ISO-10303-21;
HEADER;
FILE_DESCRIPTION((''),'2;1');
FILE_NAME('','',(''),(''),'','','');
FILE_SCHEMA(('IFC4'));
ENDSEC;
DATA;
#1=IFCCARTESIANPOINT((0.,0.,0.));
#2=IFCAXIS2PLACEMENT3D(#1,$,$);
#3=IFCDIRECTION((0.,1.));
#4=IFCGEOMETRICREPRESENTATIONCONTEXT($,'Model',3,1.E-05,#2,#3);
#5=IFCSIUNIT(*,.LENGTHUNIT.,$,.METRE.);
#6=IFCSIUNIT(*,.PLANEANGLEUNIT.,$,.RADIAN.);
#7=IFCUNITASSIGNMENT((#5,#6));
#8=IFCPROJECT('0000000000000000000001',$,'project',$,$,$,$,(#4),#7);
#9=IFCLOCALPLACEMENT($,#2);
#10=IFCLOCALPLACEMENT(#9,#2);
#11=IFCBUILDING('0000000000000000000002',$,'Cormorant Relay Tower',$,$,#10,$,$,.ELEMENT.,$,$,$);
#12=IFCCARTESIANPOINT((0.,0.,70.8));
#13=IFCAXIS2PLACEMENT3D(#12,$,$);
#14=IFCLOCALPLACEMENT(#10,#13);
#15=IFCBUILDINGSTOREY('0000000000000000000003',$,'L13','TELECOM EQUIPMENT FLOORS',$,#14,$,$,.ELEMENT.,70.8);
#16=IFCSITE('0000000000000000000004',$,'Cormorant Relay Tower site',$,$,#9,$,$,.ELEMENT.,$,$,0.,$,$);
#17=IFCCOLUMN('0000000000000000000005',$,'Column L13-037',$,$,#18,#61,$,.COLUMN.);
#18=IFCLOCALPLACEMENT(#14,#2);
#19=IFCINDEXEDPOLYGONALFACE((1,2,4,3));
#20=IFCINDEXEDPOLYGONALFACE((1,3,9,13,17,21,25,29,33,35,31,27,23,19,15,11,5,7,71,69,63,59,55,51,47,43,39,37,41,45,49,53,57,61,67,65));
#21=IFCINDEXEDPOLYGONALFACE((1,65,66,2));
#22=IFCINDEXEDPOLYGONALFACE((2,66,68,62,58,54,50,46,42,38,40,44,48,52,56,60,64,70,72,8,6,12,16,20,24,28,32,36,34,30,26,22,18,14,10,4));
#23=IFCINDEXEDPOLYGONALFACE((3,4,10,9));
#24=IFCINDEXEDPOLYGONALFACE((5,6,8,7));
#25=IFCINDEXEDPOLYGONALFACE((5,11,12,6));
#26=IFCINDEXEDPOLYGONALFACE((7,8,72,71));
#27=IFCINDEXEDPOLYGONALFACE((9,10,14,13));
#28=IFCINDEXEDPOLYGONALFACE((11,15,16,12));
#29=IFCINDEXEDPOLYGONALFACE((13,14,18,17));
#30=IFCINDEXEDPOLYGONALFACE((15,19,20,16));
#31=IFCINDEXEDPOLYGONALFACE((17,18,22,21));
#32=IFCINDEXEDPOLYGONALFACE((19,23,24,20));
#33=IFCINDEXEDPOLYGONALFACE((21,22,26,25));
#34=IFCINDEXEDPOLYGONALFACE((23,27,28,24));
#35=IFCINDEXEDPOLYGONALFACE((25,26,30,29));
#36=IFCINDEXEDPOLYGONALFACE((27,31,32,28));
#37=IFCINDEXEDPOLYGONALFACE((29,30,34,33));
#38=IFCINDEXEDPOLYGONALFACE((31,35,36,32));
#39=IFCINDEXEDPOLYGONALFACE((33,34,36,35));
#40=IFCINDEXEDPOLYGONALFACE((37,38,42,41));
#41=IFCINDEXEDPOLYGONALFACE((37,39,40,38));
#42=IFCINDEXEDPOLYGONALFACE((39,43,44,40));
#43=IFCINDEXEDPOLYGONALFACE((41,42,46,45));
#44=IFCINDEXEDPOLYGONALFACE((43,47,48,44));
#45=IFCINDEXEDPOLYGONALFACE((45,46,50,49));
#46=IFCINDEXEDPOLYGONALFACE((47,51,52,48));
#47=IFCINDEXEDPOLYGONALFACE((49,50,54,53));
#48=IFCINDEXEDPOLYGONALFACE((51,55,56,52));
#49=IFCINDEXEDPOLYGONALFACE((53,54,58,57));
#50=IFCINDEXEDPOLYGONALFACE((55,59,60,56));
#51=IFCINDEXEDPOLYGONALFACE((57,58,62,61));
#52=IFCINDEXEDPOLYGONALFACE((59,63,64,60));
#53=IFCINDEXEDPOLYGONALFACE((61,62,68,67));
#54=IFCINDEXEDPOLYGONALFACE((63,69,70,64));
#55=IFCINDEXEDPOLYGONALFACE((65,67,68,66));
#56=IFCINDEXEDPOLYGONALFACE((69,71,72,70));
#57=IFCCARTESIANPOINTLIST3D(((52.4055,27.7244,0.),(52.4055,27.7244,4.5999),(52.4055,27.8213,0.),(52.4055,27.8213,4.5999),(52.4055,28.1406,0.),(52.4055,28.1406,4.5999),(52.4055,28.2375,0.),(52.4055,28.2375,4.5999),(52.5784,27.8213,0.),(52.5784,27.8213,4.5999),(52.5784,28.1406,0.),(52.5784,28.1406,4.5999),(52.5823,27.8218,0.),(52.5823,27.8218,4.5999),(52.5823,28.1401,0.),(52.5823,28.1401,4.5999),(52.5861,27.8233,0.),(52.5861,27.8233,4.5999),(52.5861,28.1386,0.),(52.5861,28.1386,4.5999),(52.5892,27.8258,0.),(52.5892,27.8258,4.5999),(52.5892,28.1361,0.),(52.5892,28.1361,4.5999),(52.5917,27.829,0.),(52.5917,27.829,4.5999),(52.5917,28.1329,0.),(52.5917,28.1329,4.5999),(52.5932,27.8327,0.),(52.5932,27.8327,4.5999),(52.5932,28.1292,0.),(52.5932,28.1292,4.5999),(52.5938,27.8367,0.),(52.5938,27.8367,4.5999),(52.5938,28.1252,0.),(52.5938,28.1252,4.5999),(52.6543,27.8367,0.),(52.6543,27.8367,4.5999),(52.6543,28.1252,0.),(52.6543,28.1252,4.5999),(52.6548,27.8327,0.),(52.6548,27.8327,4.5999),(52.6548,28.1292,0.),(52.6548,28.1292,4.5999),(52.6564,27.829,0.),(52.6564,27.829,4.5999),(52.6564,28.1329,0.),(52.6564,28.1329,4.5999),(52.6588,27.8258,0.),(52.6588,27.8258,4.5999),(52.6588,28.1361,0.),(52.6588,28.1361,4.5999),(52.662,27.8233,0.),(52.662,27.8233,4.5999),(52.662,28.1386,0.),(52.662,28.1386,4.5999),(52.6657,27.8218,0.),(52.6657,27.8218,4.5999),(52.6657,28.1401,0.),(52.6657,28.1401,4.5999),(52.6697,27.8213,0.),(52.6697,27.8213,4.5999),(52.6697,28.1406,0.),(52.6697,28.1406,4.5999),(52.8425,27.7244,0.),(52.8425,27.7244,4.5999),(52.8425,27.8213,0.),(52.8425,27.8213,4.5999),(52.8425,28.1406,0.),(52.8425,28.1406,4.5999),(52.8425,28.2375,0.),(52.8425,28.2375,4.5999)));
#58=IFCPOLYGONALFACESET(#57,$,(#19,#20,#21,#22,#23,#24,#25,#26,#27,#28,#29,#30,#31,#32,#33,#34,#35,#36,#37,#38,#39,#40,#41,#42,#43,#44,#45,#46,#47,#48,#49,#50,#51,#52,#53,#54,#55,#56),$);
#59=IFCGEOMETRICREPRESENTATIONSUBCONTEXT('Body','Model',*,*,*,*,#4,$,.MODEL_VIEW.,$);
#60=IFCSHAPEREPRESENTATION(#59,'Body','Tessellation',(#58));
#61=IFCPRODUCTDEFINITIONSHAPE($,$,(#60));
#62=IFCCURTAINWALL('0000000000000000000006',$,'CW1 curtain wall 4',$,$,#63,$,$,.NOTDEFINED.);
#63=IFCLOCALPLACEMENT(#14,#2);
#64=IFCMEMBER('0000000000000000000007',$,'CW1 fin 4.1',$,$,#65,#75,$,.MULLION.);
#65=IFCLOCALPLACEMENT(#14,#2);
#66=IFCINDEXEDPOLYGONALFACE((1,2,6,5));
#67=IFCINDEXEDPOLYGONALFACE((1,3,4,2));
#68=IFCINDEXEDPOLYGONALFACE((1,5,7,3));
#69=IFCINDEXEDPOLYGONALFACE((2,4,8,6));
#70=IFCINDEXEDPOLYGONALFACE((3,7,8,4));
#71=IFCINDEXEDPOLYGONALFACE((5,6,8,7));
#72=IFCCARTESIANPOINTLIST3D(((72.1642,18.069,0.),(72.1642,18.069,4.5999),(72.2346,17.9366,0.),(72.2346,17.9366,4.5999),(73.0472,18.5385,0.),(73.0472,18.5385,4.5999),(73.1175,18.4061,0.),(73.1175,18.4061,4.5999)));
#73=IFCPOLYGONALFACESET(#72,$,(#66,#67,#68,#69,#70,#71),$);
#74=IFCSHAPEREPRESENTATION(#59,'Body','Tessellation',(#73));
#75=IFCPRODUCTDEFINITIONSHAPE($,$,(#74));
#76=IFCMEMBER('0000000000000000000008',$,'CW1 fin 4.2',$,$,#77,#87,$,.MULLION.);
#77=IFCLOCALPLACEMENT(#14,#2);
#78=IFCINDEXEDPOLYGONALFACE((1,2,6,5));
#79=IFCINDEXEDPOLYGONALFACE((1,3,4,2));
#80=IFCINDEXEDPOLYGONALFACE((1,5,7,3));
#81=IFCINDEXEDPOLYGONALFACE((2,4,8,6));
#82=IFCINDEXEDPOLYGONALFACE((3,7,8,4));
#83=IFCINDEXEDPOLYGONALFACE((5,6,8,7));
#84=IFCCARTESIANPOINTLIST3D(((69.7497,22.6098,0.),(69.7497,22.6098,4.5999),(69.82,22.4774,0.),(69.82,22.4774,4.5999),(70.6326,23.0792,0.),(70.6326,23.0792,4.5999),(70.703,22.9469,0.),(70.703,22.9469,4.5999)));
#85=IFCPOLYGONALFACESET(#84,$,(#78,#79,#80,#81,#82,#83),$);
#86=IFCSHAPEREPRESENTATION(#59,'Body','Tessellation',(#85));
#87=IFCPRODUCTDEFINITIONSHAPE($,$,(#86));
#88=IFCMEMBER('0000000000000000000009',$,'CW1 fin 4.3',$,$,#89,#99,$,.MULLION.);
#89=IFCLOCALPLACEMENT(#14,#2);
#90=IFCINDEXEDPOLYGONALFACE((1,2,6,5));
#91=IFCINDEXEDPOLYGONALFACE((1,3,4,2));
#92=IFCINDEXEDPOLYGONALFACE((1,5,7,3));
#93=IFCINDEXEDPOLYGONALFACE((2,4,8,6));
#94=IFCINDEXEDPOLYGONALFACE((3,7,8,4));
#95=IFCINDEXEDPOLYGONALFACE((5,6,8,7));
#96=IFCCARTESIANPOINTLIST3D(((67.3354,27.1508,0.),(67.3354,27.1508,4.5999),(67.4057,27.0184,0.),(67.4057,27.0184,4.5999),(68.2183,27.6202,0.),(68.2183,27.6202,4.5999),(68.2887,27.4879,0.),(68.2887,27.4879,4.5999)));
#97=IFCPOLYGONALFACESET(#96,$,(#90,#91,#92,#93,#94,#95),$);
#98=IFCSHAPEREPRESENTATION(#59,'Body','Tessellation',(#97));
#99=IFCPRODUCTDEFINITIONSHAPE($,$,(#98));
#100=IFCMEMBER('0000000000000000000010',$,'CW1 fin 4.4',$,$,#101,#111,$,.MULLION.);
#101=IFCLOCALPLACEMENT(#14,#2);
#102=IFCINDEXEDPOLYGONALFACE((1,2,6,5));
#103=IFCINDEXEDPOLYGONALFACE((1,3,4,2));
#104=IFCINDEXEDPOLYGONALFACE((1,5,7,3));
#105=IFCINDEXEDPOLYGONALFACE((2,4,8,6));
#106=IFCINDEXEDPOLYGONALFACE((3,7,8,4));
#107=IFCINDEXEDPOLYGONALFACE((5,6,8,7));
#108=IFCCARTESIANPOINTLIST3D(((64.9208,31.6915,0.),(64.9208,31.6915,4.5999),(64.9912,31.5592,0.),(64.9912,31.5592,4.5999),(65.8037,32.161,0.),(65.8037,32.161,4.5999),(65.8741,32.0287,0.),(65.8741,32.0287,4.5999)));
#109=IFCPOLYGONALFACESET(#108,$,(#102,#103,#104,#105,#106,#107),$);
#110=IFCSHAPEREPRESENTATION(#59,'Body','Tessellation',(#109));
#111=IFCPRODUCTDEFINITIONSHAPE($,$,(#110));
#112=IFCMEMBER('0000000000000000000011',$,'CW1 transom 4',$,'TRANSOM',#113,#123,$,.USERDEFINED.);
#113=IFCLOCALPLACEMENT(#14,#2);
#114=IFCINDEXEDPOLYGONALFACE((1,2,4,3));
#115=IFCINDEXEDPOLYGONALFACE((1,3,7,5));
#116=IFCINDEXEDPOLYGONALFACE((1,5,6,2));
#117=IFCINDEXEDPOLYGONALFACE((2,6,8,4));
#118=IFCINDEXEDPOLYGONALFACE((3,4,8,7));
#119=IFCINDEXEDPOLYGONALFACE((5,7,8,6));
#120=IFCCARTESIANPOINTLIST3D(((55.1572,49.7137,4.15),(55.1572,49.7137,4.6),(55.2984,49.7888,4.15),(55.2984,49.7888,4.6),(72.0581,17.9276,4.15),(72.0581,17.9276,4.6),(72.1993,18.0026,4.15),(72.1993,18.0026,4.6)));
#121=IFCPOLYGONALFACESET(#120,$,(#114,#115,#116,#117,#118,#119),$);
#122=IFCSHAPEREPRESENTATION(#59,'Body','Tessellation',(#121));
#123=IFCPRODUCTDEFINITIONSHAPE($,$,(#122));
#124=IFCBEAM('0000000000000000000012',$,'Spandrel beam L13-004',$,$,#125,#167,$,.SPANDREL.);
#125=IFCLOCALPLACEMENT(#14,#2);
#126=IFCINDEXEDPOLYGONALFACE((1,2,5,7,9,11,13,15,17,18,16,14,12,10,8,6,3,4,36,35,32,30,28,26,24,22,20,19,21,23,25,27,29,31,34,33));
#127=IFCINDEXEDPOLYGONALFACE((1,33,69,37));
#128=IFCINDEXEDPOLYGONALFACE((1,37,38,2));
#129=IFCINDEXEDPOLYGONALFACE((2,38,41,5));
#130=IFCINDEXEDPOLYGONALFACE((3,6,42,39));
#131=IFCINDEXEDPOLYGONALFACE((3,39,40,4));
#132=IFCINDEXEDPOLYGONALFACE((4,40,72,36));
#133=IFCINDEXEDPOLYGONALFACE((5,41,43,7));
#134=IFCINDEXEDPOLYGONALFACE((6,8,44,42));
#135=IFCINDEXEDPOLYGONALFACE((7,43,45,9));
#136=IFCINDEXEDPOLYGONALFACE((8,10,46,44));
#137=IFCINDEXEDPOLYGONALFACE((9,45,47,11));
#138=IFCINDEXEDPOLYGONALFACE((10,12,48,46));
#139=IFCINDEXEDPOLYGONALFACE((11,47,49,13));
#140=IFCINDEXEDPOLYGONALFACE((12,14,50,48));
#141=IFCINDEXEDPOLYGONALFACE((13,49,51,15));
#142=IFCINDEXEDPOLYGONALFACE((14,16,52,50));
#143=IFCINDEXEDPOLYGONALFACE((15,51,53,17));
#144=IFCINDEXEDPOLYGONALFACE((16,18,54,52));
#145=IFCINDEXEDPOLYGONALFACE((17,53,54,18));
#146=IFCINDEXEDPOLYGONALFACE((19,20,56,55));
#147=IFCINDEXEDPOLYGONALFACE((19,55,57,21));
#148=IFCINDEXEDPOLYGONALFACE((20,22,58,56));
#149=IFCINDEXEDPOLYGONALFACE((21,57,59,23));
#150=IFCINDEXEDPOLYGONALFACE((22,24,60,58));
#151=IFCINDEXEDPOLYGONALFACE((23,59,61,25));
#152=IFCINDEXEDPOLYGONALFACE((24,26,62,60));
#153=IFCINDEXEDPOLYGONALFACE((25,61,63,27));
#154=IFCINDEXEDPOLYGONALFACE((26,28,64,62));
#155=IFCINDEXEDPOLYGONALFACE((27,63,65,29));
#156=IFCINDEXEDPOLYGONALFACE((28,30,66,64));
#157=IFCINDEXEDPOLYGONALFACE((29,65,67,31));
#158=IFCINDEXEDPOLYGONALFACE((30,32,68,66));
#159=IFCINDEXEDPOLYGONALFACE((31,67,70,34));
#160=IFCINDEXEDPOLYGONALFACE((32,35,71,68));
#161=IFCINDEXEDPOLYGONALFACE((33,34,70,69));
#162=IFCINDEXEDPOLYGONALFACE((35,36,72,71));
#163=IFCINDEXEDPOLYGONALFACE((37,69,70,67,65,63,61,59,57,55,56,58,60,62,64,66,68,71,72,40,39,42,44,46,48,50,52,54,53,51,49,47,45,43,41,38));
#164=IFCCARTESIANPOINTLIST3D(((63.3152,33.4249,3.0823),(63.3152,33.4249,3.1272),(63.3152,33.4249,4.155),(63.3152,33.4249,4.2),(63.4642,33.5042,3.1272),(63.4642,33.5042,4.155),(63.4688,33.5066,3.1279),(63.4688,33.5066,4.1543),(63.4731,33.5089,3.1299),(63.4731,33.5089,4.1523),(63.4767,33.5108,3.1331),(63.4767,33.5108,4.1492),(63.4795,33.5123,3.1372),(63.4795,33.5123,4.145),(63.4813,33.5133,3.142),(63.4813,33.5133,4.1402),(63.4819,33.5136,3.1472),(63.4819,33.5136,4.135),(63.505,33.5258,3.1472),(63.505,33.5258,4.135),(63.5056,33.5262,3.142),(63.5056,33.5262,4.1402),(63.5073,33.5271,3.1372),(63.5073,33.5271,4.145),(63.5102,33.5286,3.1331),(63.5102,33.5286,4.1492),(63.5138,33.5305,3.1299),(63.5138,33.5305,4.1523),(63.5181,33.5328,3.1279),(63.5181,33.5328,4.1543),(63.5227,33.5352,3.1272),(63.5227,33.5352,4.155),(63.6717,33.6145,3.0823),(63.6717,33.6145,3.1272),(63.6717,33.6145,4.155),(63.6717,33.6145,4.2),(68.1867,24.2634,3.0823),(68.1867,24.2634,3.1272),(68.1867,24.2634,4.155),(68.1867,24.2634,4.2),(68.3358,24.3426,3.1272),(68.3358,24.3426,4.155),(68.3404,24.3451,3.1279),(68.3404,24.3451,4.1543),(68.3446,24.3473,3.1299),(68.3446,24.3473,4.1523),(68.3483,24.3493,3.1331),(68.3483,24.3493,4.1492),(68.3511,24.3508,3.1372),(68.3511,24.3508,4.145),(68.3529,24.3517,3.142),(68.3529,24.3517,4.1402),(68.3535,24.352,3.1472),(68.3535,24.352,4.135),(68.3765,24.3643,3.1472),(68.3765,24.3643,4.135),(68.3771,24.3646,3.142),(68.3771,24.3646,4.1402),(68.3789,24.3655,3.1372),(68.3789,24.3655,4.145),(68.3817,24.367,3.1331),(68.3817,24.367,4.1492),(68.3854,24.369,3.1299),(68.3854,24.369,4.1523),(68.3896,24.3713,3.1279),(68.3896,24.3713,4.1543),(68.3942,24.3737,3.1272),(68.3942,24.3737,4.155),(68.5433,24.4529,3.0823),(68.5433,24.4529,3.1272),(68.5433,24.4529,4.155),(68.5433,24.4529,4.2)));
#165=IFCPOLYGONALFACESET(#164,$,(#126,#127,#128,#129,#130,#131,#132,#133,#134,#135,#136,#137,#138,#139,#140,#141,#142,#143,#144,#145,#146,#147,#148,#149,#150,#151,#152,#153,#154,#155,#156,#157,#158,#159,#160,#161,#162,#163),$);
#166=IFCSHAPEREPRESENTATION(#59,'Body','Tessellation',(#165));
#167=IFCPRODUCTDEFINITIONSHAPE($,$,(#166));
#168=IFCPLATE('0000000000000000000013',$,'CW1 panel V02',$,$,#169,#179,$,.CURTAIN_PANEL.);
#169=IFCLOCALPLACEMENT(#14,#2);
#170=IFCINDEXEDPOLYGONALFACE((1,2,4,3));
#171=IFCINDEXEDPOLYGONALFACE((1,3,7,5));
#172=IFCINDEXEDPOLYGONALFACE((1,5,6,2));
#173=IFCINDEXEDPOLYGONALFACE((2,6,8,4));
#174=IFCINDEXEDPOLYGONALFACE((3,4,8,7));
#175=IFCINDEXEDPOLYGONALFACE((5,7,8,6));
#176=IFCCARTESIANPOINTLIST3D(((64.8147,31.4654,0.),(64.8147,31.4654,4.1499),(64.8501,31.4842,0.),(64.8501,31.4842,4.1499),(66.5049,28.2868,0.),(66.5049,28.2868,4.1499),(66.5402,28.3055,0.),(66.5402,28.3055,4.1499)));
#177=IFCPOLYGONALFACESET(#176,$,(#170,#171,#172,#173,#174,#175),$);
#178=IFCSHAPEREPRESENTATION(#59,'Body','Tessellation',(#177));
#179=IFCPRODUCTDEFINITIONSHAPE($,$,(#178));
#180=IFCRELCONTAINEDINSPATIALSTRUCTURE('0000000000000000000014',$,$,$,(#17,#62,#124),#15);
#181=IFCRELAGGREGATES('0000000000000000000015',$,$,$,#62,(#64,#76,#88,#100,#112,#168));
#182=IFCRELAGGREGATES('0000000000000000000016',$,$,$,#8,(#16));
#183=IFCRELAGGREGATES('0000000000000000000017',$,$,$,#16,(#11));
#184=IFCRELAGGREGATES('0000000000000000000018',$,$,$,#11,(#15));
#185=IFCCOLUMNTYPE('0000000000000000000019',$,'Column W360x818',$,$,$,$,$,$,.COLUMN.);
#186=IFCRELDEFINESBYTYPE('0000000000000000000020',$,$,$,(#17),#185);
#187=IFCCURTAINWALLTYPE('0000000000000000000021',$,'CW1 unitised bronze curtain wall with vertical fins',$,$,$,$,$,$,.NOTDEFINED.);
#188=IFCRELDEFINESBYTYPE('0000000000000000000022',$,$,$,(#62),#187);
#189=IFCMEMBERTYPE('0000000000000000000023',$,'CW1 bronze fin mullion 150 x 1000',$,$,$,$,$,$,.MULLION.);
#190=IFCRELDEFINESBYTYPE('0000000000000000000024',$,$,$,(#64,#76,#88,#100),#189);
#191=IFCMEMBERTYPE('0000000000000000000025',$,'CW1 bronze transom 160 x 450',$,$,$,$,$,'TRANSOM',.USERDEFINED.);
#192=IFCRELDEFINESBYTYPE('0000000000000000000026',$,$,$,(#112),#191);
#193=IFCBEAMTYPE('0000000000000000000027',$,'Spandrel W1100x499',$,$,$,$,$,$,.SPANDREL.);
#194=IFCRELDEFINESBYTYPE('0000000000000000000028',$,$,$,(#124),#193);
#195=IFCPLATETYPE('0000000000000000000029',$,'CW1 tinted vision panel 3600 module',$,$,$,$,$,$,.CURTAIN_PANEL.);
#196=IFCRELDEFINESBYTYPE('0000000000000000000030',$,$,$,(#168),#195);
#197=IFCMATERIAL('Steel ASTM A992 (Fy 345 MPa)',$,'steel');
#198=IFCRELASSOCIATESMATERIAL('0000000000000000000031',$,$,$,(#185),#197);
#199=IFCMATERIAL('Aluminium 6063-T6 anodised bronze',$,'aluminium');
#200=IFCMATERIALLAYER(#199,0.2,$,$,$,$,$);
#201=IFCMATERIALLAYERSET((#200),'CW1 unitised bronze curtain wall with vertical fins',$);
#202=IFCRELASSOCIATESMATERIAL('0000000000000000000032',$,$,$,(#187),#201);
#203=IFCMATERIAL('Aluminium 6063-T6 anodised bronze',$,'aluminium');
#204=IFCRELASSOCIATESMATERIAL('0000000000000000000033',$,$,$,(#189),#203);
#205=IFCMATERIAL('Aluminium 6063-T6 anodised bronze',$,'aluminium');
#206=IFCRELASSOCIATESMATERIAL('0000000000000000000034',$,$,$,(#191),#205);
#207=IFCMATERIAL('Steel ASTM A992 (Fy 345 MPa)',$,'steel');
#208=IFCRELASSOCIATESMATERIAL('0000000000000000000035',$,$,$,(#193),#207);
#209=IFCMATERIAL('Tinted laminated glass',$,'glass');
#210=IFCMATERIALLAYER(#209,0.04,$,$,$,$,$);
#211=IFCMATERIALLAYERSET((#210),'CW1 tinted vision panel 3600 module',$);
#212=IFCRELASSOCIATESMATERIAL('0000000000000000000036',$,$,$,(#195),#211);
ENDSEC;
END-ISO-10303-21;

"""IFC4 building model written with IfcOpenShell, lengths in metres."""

from ifc_helpers import new_model, si_unit, direction, frame, origin, origin_2d, place, context, subcontext, project, spatial, rectangle, i_section, extrude, material, layer, layer_set, material_profile, profile_set, type_object, element, aggregate, save


model = new_model("IFC4")

# Units and contexts
model_context = context("Model", 3, precision=1e-05, world=origin(), true_north=direction((0.0, 1.0)))
body_context = subcontext(model_context, "Body", "Model", "MODEL_VIEW")
ifc_project = project(units=[si_unit("LENGTHUNIT", "METRE"), si_unit("PLANEANGLEUNIT", "RADIAN")], contexts=[model_context])

# Site, building, storey
site_placement = place(None, origin())
site = spatial("IfcSite", under=ifc_project, at=site_placement, Name="Cormorant Relay Tower site", CompositionType="ELEMENT", RefElevation=0.0)
building_placement = place(site_placement, origin())
building = spatial("IfcBuilding", under=site, at=building_placement, Name="Cormorant Relay Tower", CompositionType="ELEMENT")
storey_placement = place(building_placement, frame((0.0, 0.0, 70.8)))
storey = spatial("IfcBuildingStorey", under=building, at=storey_placement, Name="L13", Description="TELECOM EQUIPMENT FLOORS", CompositionType="ELEMENT", Elevation=70.8)

# Column
ifc_material_1 = material(Name="Steel ASTM A992 (Fy 345 MPa)", Category="steel")
ifc_material_profile_1 = material_profile(ifc_material_1, i_section(OverallWidth=0.437, OverallDepth=0.5132, WebThickness=0.0605, FlangeThickness=0.0969, FilletRadius=0.0154, at=origin_2d()), Name="W360x818")
ifc_profile_set_1 = profile_set([ifc_material_profile_1], Name="Steel ASTM A992 (Fy 345 MPa)")
column_type_1 = type_object("IfcColumnType", Name="Column W360x818", PredefinedType="COLUMN", material=ifc_profile_set_1)
for number, where, z_axis, x_axis, name in (
    (1, (52.624, 27.981, 0.0), (0.0, 0.0, 1.0), (1.0, 0.0, 0.0), "Column L13-037"),
):
    element("IfcColumn", number, at=place(storey_placement, frame(where, z_axis=z_axis, x_axis=x_axis)), inside=storey, type_object=column_type_1, Name=name, PredefinedType="COLUMN", context=body_context, shape_type="SweptSolid", body=[
        extrude(i_section(OverallWidth=0.437, OverallDepth=0.5132, WebThickness=0.0605, FlangeThickness=0.0969, FilletRadius=0.0154, at=origin_2d()), origin(), (0.0, 0.0, 1.0), 4.5999),
    ])

# Curtain wall, members
ifc_material_2 = material(Name="Aluminium 6063-T6 anodised bronze", Category="aluminium")
ifc_layer_1 = layer(ifc_material_2, 0.2)
ifc_layer_set_1 = layer_set([ifc_layer_1], Name="CW1 unitised bronze curtain wall with vertical fins")
curtain_wall_type = type_object("IfcCurtainWallType", Name="CW1 unitised bronze curtain wall with vertical fins", PredefinedType="NOTDEFINED", material=ifc_layer_set_1)
curtain_wall_1_placement = place(storey_placement, origin())
curtain_wall_1 = element("IfcCurtainWall", 2, at=curtain_wall_1_placement, inside=storey, type_object=curtain_wall_type, Name="CW1 curtain wall 4", PredefinedType="NOTDEFINED")
ifc_material_3 = material(Name="Aluminium 6063-T6 anodised bronze", Category="aluminium")
ifc_material_profile_2 = material_profile(ifc_material_3, rectangle(XDim=0.1499, YDim=1.0, at=origin_2d()), Name="AL 150x1000")
ifc_profile_set_2 = profile_set([ifc_material_profile_2], Name="Aluminium 6063-T6 anodised bronze")
member_type_1 = type_object("IfcMemberType", Name="CW1 bronze fin mullion 150 x 1000", PredefinedType="MULLION", material=ifc_profile_set_2)
member_1_placement = place(storey_placement, frame((72.6409, 18.2375, 0.0), z_axis=(0.0, 0.0, 1.0), x_axis=(-0.469472, 0.882948, 0.0)))
member_1 = element("IfcMember", 3, at=member_1_placement, type_object=member_type_1, Name="CW1 fin 4.1", PredefinedType="MULLION", context=body_context, shape_type="SweptSolid", body=[
    extrude(rectangle(XDim=0.1499, YDim=1.0, at=origin_2d()), origin(), (0.0, 0.0, 1.0), 4.5999),
])
member_2_placement = place(storey_placement, frame((70.2263, 22.7783, 0.0), z_axis=(0.0, 0.0, 1.0), x_axis=(-0.469472, 0.882948, 0.0)))
member_2 = element("IfcMember", 4, at=member_2_placement, type_object=member_type_1, Name="CW1 fin 4.2", PredefinedType="MULLION", context=body_context, shape_type="SweptSolid", body=[
    extrude(rectangle(XDim=0.1499, YDim=1.0, at=origin_2d()), origin(), (0.0, 0.0, 1.0), 4.5999),
])
member_3_placement = place(storey_placement, frame((67.812, 27.3193, 0.0), z_axis=(0.0, 0.0, 1.0), x_axis=(-0.469472, 0.882948, 0.0)))
member_3 = element("IfcMember", 5, at=member_3_placement, type_object=member_type_1, Name="CW1 fin 4.3", PredefinedType="MULLION", context=body_context, shape_type="SweptSolid", body=[
    extrude(rectangle(XDim=0.1499, YDim=1.0, at=origin_2d()), origin(), (0.0, 0.0, 1.0), 4.5999),
])
member_4_placement = place(storey_placement, frame((65.3975, 31.8601, 0.0), z_axis=(0.0, 0.0, 1.0), x_axis=(-0.469472, 0.882948, 0.0)))
member_4 = element("IfcMember", 6, at=member_4_placement, type_object=member_type_1, Name="CW1 fin 4.4", PredefinedType="MULLION", context=body_context, shape_type="SweptSolid", body=[
    extrude(rectangle(XDim=0.1499, YDim=1.0, at=origin_2d()), origin(), (0.0, 0.0, 1.0), 4.5999),
])
ifc_material_4 = material(Name="Aluminium 6063-T6 anodised bronze", Category="aluminium")
ifc_material_profile_3 = material_profile(ifc_material_4, rectangle(XDim=0.1599, YDim=0.45, at=origin_2d()), Name="AL 160x450")
ifc_profile_set_3 = profile_set([ifc_material_profile_3], Name="Aluminium 6063-T6 anodised bronze")
member_type_2 = type_object("IfcMemberType", Name="CW1 bronze transom 160 x 450", ElementType="TRANSOM", PredefinedType="USERDEFINED", material=ifc_profile_set_3)
member_5_placement = place(storey_placement, frame((72.1287, 17.9651, 4.375), z_axis=(-0.469469, 0.882949, 0.0), x_axis=(-0.882949, -0.469469, 0.0)))
member_5 = element("IfcMember", 7, at=member_5_placement, type_object=member_type_2, Name="CW1 transom 4", ObjectType="TRANSOM", PredefinedType="USERDEFINED", context=body_context, shape_type="SweptSolid", body=[
    extrude(rectangle(XDim=0.1599, YDim=0.45, at=origin_2d()), origin(), (0.0, 0.0, 1.0), 36.0),
])

# Beam
ifc_material_5 = material(Name="Steel ASTM A992 (Fy 345 MPa)", Category="steel")
ifc_material_profile_4 = material_profile(ifc_material_5, i_section(OverallWidth=0.4038, OverallDepth=1.1177, WebThickness=0.0261, FlangeThickness=0.0449, FilletRadius=0.02, at=origin_2d()), Name="W1100x499")
ifc_profile_set_4 = profile_set([ifc_material_profile_4], Name="Steel ASTM A992 (Fy 345 MPa)")
beam_type = type_object("IfcBeamType", Name="Spandrel W1100x499", PredefinedType="SPANDREL", material=ifc_profile_set_4)
beam_placement = place(storey_placement, frame((68.365, 24.3582, 3.6411), z_axis=(-0.469491, 0.882937, 0.0), x_axis=(-0.882937, -0.469491, 0.0)))
element("IfcBeam", 8, at=beam_placement, inside=storey, type_object=beam_type, Name="Spandrel beam L13-004", PredefinedType="SPANDREL", context=body_context, shape_type="SweptSolid", body=[
    extrude(i_section(OverallWidth=0.4038, OverallDepth=1.1177, WebThickness=0.0261, FlangeThickness=0.0449, FilletRadius=0.02, at=origin_2d()), origin(), (0.0, 0.0, 1.0), 10.3762),
])

# Plate
ifc_material_6 = material(Name="Tinted laminated glass", Category="glass")
ifc_layer_2 = layer(ifc_material_6, 0.04)
ifc_layer_set_2 = layer_set([ifc_layer_2], Name="CW1 tinted vision panel 3600 module")
plate_type = type_object("IfcPlateType", Name="CW1 tinted vision panel 3600 module", PredefinedType="CURTAIN_PANEL", material=ifc_layer_set_2)
plate_placement = place(storey_placement, frame((65.6775, 29.8855, 0.0), z_axis=(0.0, 0.0, 1.0), x_axis=(-0.469472, 0.882948, 0.0)))
plate = element("IfcPlate", 9, at=plate_placement, type_object=plate_type, Name="CW1 panel V02", PredefinedType="CURTAIN_PANEL", context=body_context, shape_type="SweptSolid", body=[
    extrude(rectangle(XDim=3.6001, YDim=0.04, at=origin_2d()), origin(), (0.0, 0.0, 1.0), 4.1499),
])

aggregate(curtain_wall_1, [member_1, member_2, member_3, member_4, member_5, plate])

save(model, "model.ifc")
